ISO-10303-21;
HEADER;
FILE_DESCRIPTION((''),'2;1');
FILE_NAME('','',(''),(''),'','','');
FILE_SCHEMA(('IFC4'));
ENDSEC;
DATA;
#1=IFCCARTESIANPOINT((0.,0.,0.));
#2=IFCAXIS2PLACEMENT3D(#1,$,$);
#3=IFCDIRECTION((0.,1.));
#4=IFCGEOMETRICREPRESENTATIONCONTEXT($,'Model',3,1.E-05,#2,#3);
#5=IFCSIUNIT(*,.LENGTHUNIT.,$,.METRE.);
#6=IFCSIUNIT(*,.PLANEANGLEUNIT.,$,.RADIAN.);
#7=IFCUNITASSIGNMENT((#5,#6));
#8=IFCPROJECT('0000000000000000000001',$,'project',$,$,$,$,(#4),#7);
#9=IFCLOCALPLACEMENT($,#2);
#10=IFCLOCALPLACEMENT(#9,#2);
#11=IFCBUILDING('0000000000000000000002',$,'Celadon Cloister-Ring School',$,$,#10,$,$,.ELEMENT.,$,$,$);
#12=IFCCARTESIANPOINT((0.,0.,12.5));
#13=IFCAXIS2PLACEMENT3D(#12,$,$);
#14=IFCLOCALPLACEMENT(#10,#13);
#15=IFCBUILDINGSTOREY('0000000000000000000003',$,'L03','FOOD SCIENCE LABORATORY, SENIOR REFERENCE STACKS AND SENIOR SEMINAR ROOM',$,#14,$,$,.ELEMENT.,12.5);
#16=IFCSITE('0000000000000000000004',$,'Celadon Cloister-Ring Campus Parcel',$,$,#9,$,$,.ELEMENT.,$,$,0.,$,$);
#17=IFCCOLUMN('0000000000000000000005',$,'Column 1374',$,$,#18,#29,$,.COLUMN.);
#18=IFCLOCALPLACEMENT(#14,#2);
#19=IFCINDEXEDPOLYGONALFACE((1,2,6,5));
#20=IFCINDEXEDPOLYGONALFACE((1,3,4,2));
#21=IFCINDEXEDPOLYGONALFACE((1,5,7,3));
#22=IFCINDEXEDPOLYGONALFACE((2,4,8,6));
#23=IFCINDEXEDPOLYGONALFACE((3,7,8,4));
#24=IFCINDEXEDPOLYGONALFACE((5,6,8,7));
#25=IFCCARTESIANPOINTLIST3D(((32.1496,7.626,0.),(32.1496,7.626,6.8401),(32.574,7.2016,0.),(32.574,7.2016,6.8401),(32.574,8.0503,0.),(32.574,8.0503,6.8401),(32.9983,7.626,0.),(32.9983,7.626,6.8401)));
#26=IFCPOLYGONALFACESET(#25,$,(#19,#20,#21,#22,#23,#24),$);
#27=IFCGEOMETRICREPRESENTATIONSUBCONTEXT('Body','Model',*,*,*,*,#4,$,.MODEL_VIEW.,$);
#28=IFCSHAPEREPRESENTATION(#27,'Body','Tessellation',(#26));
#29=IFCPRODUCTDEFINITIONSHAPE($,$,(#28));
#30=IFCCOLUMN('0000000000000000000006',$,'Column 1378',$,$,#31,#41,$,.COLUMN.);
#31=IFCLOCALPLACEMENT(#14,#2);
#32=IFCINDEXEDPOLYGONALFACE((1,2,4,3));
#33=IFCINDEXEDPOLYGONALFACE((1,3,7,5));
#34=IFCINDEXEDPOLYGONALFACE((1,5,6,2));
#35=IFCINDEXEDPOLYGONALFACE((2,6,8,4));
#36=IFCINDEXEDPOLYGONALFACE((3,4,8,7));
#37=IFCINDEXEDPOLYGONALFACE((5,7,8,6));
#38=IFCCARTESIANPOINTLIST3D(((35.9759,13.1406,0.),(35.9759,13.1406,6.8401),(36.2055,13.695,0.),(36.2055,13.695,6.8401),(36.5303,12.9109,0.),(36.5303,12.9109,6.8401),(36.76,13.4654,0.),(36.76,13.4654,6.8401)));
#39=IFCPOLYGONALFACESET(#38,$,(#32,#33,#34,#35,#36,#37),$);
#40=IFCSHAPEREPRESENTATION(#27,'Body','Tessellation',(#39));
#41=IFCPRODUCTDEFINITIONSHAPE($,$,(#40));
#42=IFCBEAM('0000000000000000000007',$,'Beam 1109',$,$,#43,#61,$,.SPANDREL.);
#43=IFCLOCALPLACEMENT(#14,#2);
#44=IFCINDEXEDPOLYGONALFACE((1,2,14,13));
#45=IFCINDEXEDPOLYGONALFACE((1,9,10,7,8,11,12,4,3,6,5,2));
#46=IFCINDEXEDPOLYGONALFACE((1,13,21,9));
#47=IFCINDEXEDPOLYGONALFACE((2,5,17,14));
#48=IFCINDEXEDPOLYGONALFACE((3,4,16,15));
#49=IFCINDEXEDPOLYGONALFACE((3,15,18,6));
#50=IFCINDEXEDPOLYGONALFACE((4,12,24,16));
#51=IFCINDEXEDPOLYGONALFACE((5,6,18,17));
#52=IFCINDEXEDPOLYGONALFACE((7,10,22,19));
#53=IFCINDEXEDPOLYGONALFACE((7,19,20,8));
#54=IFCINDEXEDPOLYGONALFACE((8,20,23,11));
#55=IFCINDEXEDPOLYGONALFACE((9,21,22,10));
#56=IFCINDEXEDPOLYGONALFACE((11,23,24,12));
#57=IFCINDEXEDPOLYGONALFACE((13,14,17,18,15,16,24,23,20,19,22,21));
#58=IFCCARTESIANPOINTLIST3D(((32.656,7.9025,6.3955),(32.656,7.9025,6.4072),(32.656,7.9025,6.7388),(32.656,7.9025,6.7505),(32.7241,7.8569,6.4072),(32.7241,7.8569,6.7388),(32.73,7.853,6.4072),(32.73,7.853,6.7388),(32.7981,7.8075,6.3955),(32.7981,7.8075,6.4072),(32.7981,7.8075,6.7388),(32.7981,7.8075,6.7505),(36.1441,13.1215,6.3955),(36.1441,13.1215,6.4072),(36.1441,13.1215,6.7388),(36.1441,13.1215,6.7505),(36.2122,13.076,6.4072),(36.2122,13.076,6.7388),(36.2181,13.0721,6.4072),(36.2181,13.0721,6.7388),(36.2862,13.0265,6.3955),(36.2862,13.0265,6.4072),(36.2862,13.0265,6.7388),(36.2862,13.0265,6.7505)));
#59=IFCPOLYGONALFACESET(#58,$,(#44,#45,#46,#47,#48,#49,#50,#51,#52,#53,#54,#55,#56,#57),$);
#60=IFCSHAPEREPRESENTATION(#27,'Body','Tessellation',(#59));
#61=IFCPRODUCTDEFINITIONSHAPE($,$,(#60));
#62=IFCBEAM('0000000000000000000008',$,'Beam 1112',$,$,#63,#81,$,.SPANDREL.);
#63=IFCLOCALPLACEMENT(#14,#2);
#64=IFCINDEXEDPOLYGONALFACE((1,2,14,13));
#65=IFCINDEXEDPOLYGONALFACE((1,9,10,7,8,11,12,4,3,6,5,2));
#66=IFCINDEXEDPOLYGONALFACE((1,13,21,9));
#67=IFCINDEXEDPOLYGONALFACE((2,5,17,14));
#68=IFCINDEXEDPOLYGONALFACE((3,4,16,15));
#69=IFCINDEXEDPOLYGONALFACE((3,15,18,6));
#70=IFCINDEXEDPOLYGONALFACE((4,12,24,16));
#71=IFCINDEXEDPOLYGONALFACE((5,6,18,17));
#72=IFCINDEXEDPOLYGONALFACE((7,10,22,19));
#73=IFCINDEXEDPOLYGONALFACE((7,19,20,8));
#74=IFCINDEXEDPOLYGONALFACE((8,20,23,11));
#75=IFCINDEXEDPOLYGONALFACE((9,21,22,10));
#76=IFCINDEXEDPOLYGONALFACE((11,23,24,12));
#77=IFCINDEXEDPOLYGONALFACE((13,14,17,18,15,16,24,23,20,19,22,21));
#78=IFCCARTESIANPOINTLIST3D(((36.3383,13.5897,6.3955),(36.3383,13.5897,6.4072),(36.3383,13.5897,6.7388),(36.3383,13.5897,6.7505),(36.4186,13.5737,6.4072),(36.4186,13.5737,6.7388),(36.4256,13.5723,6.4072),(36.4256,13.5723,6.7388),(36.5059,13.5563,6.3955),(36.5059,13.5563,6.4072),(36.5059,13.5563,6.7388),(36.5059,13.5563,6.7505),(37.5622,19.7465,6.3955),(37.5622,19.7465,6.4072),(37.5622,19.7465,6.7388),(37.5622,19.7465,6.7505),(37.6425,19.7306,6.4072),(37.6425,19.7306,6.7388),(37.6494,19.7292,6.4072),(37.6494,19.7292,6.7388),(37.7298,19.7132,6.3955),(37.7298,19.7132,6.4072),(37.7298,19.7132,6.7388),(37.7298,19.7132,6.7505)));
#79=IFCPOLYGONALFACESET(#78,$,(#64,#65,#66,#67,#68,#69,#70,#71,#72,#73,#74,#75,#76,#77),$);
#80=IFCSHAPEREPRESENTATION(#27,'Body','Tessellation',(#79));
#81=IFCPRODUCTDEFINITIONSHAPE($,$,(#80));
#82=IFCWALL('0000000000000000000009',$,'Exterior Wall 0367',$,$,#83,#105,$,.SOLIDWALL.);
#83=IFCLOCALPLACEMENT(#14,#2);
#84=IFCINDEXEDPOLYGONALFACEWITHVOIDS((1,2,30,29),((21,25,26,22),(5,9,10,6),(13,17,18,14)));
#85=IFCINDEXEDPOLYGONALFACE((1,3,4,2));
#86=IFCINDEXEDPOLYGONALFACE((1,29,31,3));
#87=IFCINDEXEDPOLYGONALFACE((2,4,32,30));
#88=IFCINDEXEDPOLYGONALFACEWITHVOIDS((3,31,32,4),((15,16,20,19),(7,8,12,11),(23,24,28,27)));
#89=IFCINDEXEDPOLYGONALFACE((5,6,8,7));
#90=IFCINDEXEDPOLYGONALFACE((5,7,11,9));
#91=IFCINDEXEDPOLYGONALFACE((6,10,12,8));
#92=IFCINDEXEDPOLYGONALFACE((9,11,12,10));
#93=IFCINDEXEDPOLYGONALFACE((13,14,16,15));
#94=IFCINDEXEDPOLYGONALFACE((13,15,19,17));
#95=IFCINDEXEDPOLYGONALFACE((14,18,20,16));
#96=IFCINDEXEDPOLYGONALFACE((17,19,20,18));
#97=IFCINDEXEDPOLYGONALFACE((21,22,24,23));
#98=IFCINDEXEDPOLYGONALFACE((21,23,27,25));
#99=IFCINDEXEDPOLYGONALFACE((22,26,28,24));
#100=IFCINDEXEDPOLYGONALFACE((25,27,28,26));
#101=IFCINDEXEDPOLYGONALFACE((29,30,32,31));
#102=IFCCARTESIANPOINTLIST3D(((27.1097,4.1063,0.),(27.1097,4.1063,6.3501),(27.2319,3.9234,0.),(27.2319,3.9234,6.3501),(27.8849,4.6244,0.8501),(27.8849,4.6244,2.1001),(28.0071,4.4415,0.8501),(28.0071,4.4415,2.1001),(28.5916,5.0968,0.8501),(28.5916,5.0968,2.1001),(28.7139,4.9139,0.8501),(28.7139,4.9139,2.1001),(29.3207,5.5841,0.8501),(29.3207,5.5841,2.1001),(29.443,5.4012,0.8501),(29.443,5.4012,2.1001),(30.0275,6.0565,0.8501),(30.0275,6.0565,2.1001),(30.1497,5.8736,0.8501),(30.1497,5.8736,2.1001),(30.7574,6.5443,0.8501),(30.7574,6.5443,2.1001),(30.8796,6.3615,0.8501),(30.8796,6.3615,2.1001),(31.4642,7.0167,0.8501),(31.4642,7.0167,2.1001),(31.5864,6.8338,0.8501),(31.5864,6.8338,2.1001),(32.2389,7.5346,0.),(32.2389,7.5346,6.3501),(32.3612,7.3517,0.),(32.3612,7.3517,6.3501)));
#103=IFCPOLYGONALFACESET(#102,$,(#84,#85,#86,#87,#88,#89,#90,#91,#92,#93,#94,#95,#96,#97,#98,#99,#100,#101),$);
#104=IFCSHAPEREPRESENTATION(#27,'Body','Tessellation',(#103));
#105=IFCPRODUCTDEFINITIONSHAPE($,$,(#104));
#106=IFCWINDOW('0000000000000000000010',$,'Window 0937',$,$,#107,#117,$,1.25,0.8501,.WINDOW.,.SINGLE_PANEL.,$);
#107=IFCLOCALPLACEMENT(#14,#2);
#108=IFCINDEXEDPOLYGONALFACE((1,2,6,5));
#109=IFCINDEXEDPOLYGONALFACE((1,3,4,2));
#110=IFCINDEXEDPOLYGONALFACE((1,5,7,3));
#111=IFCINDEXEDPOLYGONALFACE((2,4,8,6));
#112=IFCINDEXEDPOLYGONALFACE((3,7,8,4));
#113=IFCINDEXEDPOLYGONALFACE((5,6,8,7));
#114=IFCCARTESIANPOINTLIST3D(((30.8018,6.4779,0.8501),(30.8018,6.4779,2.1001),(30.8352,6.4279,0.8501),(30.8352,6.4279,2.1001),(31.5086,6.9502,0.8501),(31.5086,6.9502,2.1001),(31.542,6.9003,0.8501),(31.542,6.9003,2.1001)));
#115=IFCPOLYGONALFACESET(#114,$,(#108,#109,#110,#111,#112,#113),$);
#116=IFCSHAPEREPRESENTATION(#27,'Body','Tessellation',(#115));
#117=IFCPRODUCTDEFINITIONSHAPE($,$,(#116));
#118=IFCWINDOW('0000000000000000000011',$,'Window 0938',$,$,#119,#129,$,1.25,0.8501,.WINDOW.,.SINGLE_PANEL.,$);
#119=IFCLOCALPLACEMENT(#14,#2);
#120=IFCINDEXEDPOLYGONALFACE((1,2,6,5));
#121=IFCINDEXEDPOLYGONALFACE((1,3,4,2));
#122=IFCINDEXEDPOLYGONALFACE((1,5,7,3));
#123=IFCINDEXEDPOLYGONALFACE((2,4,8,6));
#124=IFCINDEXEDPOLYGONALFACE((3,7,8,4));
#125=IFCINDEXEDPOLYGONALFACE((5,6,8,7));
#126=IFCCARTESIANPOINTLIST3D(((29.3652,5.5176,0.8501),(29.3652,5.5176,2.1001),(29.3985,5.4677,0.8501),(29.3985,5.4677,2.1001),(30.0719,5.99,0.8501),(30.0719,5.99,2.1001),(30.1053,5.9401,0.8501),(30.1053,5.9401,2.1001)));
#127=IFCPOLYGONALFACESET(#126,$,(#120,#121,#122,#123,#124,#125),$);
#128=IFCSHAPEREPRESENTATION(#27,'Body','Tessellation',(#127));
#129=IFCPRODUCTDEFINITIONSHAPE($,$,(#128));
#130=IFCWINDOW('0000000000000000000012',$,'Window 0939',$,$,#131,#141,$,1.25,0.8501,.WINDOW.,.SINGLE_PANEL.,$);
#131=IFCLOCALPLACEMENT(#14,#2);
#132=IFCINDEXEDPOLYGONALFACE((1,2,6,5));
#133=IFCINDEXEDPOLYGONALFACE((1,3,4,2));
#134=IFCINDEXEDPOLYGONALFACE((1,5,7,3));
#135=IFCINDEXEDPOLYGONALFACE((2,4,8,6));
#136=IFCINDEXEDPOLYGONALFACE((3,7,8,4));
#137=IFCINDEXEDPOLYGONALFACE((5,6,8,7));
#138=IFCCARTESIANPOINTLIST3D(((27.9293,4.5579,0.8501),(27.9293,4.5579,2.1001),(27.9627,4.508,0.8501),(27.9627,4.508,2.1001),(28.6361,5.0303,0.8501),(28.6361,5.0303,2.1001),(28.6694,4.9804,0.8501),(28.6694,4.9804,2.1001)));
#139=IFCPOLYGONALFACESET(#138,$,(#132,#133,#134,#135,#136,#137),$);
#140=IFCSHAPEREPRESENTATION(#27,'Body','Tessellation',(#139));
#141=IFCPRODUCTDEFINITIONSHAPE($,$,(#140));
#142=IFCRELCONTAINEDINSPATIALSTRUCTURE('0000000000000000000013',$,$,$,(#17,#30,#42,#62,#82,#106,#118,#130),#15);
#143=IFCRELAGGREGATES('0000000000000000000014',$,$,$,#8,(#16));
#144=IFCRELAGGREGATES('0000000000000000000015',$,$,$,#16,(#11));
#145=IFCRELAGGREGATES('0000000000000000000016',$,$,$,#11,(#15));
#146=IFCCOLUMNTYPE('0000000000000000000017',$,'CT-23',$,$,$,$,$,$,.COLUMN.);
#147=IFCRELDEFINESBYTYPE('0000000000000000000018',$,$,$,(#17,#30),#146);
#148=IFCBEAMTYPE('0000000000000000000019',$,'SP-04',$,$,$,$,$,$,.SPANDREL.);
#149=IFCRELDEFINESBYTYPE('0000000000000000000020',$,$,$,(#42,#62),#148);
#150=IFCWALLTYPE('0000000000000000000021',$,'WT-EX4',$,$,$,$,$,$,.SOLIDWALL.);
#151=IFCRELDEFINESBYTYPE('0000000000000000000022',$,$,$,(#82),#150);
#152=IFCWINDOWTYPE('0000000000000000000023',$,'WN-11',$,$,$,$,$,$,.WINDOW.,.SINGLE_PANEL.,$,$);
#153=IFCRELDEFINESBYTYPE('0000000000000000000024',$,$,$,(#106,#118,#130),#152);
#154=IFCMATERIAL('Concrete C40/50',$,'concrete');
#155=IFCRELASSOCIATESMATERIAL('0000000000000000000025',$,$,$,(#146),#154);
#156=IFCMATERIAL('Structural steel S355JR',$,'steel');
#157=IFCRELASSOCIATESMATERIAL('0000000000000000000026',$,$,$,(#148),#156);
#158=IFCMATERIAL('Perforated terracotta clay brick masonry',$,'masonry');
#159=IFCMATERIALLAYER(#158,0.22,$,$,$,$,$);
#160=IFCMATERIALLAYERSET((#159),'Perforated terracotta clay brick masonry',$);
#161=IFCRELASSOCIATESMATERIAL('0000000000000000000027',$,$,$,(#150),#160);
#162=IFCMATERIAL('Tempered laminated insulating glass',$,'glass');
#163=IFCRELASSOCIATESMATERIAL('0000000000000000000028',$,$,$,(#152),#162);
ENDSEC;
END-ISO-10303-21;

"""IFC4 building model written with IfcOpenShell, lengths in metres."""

from ifc_helpers import new_model, si_unit, direction, frame, frame_2d, origin, origin_2d, place, context, subcontext, project, spatial, rectangle, i_section, extrude, material, layer, layer_set, material_profile, profile_set, type_object, element, fill, save


model = new_model("IFC4")

# Units and contexts
model_context = context("Model", 3, precision=1e-05, world=origin(), true_north=direction((0.0, 1.0)))
body_context = subcontext(model_context, "Body", "Model", "MODEL_VIEW")
ifc_project = project(units=[si_unit("LENGTHUNIT", "METRE"), si_unit("PLANEANGLEUNIT", "RADIAN")], contexts=[model_context])

# Site, building, storey
site_placement = place(None, origin())
site = spatial("IfcSite", under=ifc_project, at=site_placement, Name="Celadon Cloister-Ring Campus Parcel", CompositionType="ELEMENT", RefElevation=0.0)
building_placement = place(site_placement, origin())
building = spatial("IfcBuilding", under=site, at=building_placement, Name="Celadon Cloister-Ring School", CompositionType="ELEMENT")
storey_placement = place(building_placement, frame((0.0, 0.0, 12.5)))
storey = spatial("IfcBuildingStorey", under=building, at=storey_placement, Name="L03", Description="FOOD SCIENCE LABORATORY, SENIOR REFERENCE STACKS AND SENIOR SEMINAR ROOM", CompositionType="ELEMENT", Elevation=12.5)

# Columns
ifc_material_1 = material(Name="Concrete C40/50", Category="concrete")
ifc_material_profile_1 = material_profile(ifc_material_1, rectangle(XDim=0.6001, YDim=0.6001, at=origin_2d()), Name="RC600X600")
ifc_profile_set_1 = profile_set([ifc_material_profile_1], Name="Concrete C40/50")
column_type = type_object("IfcColumnType", Name="CT-23", PredefinedType="COLUMN", material=ifc_profile_set_1)
for number, where, z_axis, x_axis, name in (
    (1, (32.574, 7.626, 0.0), (0.0, 0.0, 1.0), (0.707107, -0.707107, 0.0), "Column 1374"),
    (2, (36.3679, 13.303, 0.0), (0.0, 0.0, 1.0), (0.92388, -0.382683, 0.0), "Column 1378"),
):
    element("IfcColumn", number, at=place(storey_placement, frame(where, z_axis=z_axis, x_axis=x_axis)), inside=storey, type_object=column_type, Name=name, PredefinedType="COLUMN", context=body_context, shape_type="SweptSolid", body=[
        extrude(rectangle(XDim=0.6001, YDim=0.6001, at=origin_2d()), origin(), (0.0, 0.0, 1.0), 6.8401),
    ])

# Beams
ifc_material_2 = material(Name="Structural steel S355JR", Category="steel")
ifc_material_profile_2 = material_profile(ifc_material_2, i_section(OverallWidth=0.1709, OverallDepth=0.355, WebThickness=0.0071, FlangeThickness=0.0117, at=origin_2d()), Name="W360X51")
ifc_profile_set_2 = profile_set([ifc_material_profile_2], Name="Structural steel S355JR")
beam_type = type_object("IfcBeamType", Name="SP-04", PredefinedType="SPANDREL", material=ifc_profile_set_2)
for number, where, z_axis, x_axis, name in (
    (3, (32.7271, 7.855, 6.573), (0.55566, 0.83141, 0.0), (-0.83141, 0.55566, 0.0), "Beam 1109"),
    (4, (36.4221, 13.573, 6.573), (0.194964, 0.98081, 0.0), (-0.98081, 0.194964, 0.0), "Beam 1112"),
):
    element("IfcBeam", number, at=place(storey_placement, frame(where, z_axis=z_axis, x_axis=x_axis)), inside=storey, type_object=beam_type, Name=name, PredefinedType="SPANDREL", context=body_context, shape_type="SweptSolid", body=[
        extrude(i_section(OverallWidth=0.1709, OverallDepth=0.355, WebThickness=0.0071, FlangeThickness=0.0117, at=origin_2d()), origin(), (0.0, 0.0, 1.0), 6.2773),
    ])

# Wall, openings, windows
ifc_material_3 = material(Name="Perforated terracotta clay brick masonry", Category="masonry")
ifc_layer_1 = layer(ifc_material_3, 0.22)
ifc_layer_set_1 = layer_set([ifc_layer_1], Name="Perforated terracotta clay brick masonry")
wall_type = type_object("IfcWallType", Name="WT-EX4", PredefinedType="SOLIDWALL", material=ifc_layer_set_1)
wall_1_placement = place(storey_placement, frame((32.3, 7.4431, 0.0), z_axis=(0.0, 0.0, 1.0), x_axis=(-0.831392, -0.555686, 0.0)))
wall_1 = element("IfcWall", 5, at=wall_1_placement, inside=storey, type_object=wall_type, Name="Exterior Wall 0367", PredefinedType="SOLIDWALL", context=body_context, shape_type="SweptSolid", body=[
    extrude(rectangle(XDim=6.1694, YDim=0.22, at=frame_2d((3.0847, 0.0))), origin(), (0.0, 0.0, 1.0), 6.3501),
])
opening_1_placement = place(wall_1_placement, frame((0.9319, 0.0, 0.8501)))
opening_1 = element("IfcOpeningElement", 6, at=opening_1_placement, cuts=wall_1, PredefinedType="OPENING", context=body_context, shape_type="SweptSolid", body=[
    extrude(rectangle(XDim=0.8501, YDim=1.25, at=frame_2d((0.425, 0.625))), frame((0.0, 0.1201, 0.0), z_axis=(0.0, -1.0, 0.0), x_axis=(1.0, 0.0, 0.0)), (0.0, 0.0, 1.0), 0.24),
])
opening_2_placement = place(wall_1_placement, frame((2.6599, 0.0, 0.8501)))
opening_2 = element("IfcOpeningElement", 7, at=opening_2_placement, cuts=wall_1, PredefinedType="OPENING", context=body_context, shape_type="SweptSolid", body=[
    extrude(rectangle(XDim=0.8501, YDim=1.25, at=frame_2d((0.425, 0.625))), frame((0.0, 0.1201, 0.0), z_axis=(0.0, -1.0, 0.0), x_axis=(1.0, 0.0, 0.0)), (0.0, 0.0, 1.0), 0.24),
])
opening_3_placement = place(wall_1_placement, frame((4.387, 0.0, 0.8501)))
opening_3 = element("IfcOpeningElement", 8, at=opening_3_placement, cuts=wall_1, PredefinedType="OPENING", context=body_context, shape_type="SweptSolid", body=[
    extrude(rectangle(XDim=0.8501, YDim=1.25, at=frame_2d((0.425, 0.625))), frame((0.0, 0.1201, 0.0), z_axis=(0.0, -1.0, 0.0), x_axis=(1.0, 0.0, 0.0)), (0.0, 0.0, 1.0), 0.24),
])
ifc_material_4 = material(Name="Tempered laminated insulating glass", Category="glass")
window_type = type_object("IfcWindowType", Name="WN-11", PartitioningType="SINGLE_PANEL", PredefinedType="WINDOW", material=ifc_material_4)
window_1_placement = place(opening_1_placement, origin())
window_1 = element("IfcWindow", 9, at=window_1_placement, inside=storey, type_object=window_type, Name="Window 0937", OverallHeight=1.25, OverallWidth=0.8501, PartitioningType="SINGLE_PANEL", PredefinedType="WINDOW", context=body_context, shape_type="SweptSolid", body=[
    extrude(rectangle(XDim=0.8501, YDim=1.25, at=frame_2d((0.425, 0.625))), frame((0.0, 0.03, 0.0), z_axis=(0.0, -1.0, 0.0), x_axis=(1.0, 0.0, 0.0)), (0.0, 0.0, 1.0), 0.0601),
])
fill(opening_1, window_1)
window_2_placement = place(opening_2_placement, origin())
window_2 = element("IfcWindow", 10, at=window_2_placement, inside=storey, type_object=window_type, Name="Window 0938", OverallHeight=1.25, OverallWidth=0.8501, PartitioningType="SINGLE_PANEL", PredefinedType="WINDOW", context=body_context, shape_type="SweptSolid", body=[
    extrude(rectangle(XDim=0.8501, YDim=1.25, at=frame_2d((0.425, 0.625))), frame((0.0, 0.03, 0.0), z_axis=(0.0, -1.0, 0.0), x_axis=(1.0, 0.0, 0.0)), (0.0, 0.0, 1.0), 0.0601),
])
fill(opening_2, window_2)
window_3_placement = place(opening_3_placement, origin())
window_3 = element("IfcWindow", 11, at=window_3_placement, inside=storey, type_object=window_type, Name="Window 0939", OverallHeight=1.25, OverallWidth=0.8501, PartitioningType="SINGLE_PANEL", PredefinedType="WINDOW", context=body_context, shape_type="SweptSolid", body=[
    extrude(rectangle(XDim=0.8501, YDim=1.25, at=frame_2d((0.425, 0.625))), frame((0.0, 0.03, 0.0), z_axis=(0.0, -1.0, 0.0), x_axis=(1.0, 0.0, 0.0)), (0.0, 0.0, 1.0), 0.0601),
])
fill(opening_3, window_3)

save(model, "model.ifc")
